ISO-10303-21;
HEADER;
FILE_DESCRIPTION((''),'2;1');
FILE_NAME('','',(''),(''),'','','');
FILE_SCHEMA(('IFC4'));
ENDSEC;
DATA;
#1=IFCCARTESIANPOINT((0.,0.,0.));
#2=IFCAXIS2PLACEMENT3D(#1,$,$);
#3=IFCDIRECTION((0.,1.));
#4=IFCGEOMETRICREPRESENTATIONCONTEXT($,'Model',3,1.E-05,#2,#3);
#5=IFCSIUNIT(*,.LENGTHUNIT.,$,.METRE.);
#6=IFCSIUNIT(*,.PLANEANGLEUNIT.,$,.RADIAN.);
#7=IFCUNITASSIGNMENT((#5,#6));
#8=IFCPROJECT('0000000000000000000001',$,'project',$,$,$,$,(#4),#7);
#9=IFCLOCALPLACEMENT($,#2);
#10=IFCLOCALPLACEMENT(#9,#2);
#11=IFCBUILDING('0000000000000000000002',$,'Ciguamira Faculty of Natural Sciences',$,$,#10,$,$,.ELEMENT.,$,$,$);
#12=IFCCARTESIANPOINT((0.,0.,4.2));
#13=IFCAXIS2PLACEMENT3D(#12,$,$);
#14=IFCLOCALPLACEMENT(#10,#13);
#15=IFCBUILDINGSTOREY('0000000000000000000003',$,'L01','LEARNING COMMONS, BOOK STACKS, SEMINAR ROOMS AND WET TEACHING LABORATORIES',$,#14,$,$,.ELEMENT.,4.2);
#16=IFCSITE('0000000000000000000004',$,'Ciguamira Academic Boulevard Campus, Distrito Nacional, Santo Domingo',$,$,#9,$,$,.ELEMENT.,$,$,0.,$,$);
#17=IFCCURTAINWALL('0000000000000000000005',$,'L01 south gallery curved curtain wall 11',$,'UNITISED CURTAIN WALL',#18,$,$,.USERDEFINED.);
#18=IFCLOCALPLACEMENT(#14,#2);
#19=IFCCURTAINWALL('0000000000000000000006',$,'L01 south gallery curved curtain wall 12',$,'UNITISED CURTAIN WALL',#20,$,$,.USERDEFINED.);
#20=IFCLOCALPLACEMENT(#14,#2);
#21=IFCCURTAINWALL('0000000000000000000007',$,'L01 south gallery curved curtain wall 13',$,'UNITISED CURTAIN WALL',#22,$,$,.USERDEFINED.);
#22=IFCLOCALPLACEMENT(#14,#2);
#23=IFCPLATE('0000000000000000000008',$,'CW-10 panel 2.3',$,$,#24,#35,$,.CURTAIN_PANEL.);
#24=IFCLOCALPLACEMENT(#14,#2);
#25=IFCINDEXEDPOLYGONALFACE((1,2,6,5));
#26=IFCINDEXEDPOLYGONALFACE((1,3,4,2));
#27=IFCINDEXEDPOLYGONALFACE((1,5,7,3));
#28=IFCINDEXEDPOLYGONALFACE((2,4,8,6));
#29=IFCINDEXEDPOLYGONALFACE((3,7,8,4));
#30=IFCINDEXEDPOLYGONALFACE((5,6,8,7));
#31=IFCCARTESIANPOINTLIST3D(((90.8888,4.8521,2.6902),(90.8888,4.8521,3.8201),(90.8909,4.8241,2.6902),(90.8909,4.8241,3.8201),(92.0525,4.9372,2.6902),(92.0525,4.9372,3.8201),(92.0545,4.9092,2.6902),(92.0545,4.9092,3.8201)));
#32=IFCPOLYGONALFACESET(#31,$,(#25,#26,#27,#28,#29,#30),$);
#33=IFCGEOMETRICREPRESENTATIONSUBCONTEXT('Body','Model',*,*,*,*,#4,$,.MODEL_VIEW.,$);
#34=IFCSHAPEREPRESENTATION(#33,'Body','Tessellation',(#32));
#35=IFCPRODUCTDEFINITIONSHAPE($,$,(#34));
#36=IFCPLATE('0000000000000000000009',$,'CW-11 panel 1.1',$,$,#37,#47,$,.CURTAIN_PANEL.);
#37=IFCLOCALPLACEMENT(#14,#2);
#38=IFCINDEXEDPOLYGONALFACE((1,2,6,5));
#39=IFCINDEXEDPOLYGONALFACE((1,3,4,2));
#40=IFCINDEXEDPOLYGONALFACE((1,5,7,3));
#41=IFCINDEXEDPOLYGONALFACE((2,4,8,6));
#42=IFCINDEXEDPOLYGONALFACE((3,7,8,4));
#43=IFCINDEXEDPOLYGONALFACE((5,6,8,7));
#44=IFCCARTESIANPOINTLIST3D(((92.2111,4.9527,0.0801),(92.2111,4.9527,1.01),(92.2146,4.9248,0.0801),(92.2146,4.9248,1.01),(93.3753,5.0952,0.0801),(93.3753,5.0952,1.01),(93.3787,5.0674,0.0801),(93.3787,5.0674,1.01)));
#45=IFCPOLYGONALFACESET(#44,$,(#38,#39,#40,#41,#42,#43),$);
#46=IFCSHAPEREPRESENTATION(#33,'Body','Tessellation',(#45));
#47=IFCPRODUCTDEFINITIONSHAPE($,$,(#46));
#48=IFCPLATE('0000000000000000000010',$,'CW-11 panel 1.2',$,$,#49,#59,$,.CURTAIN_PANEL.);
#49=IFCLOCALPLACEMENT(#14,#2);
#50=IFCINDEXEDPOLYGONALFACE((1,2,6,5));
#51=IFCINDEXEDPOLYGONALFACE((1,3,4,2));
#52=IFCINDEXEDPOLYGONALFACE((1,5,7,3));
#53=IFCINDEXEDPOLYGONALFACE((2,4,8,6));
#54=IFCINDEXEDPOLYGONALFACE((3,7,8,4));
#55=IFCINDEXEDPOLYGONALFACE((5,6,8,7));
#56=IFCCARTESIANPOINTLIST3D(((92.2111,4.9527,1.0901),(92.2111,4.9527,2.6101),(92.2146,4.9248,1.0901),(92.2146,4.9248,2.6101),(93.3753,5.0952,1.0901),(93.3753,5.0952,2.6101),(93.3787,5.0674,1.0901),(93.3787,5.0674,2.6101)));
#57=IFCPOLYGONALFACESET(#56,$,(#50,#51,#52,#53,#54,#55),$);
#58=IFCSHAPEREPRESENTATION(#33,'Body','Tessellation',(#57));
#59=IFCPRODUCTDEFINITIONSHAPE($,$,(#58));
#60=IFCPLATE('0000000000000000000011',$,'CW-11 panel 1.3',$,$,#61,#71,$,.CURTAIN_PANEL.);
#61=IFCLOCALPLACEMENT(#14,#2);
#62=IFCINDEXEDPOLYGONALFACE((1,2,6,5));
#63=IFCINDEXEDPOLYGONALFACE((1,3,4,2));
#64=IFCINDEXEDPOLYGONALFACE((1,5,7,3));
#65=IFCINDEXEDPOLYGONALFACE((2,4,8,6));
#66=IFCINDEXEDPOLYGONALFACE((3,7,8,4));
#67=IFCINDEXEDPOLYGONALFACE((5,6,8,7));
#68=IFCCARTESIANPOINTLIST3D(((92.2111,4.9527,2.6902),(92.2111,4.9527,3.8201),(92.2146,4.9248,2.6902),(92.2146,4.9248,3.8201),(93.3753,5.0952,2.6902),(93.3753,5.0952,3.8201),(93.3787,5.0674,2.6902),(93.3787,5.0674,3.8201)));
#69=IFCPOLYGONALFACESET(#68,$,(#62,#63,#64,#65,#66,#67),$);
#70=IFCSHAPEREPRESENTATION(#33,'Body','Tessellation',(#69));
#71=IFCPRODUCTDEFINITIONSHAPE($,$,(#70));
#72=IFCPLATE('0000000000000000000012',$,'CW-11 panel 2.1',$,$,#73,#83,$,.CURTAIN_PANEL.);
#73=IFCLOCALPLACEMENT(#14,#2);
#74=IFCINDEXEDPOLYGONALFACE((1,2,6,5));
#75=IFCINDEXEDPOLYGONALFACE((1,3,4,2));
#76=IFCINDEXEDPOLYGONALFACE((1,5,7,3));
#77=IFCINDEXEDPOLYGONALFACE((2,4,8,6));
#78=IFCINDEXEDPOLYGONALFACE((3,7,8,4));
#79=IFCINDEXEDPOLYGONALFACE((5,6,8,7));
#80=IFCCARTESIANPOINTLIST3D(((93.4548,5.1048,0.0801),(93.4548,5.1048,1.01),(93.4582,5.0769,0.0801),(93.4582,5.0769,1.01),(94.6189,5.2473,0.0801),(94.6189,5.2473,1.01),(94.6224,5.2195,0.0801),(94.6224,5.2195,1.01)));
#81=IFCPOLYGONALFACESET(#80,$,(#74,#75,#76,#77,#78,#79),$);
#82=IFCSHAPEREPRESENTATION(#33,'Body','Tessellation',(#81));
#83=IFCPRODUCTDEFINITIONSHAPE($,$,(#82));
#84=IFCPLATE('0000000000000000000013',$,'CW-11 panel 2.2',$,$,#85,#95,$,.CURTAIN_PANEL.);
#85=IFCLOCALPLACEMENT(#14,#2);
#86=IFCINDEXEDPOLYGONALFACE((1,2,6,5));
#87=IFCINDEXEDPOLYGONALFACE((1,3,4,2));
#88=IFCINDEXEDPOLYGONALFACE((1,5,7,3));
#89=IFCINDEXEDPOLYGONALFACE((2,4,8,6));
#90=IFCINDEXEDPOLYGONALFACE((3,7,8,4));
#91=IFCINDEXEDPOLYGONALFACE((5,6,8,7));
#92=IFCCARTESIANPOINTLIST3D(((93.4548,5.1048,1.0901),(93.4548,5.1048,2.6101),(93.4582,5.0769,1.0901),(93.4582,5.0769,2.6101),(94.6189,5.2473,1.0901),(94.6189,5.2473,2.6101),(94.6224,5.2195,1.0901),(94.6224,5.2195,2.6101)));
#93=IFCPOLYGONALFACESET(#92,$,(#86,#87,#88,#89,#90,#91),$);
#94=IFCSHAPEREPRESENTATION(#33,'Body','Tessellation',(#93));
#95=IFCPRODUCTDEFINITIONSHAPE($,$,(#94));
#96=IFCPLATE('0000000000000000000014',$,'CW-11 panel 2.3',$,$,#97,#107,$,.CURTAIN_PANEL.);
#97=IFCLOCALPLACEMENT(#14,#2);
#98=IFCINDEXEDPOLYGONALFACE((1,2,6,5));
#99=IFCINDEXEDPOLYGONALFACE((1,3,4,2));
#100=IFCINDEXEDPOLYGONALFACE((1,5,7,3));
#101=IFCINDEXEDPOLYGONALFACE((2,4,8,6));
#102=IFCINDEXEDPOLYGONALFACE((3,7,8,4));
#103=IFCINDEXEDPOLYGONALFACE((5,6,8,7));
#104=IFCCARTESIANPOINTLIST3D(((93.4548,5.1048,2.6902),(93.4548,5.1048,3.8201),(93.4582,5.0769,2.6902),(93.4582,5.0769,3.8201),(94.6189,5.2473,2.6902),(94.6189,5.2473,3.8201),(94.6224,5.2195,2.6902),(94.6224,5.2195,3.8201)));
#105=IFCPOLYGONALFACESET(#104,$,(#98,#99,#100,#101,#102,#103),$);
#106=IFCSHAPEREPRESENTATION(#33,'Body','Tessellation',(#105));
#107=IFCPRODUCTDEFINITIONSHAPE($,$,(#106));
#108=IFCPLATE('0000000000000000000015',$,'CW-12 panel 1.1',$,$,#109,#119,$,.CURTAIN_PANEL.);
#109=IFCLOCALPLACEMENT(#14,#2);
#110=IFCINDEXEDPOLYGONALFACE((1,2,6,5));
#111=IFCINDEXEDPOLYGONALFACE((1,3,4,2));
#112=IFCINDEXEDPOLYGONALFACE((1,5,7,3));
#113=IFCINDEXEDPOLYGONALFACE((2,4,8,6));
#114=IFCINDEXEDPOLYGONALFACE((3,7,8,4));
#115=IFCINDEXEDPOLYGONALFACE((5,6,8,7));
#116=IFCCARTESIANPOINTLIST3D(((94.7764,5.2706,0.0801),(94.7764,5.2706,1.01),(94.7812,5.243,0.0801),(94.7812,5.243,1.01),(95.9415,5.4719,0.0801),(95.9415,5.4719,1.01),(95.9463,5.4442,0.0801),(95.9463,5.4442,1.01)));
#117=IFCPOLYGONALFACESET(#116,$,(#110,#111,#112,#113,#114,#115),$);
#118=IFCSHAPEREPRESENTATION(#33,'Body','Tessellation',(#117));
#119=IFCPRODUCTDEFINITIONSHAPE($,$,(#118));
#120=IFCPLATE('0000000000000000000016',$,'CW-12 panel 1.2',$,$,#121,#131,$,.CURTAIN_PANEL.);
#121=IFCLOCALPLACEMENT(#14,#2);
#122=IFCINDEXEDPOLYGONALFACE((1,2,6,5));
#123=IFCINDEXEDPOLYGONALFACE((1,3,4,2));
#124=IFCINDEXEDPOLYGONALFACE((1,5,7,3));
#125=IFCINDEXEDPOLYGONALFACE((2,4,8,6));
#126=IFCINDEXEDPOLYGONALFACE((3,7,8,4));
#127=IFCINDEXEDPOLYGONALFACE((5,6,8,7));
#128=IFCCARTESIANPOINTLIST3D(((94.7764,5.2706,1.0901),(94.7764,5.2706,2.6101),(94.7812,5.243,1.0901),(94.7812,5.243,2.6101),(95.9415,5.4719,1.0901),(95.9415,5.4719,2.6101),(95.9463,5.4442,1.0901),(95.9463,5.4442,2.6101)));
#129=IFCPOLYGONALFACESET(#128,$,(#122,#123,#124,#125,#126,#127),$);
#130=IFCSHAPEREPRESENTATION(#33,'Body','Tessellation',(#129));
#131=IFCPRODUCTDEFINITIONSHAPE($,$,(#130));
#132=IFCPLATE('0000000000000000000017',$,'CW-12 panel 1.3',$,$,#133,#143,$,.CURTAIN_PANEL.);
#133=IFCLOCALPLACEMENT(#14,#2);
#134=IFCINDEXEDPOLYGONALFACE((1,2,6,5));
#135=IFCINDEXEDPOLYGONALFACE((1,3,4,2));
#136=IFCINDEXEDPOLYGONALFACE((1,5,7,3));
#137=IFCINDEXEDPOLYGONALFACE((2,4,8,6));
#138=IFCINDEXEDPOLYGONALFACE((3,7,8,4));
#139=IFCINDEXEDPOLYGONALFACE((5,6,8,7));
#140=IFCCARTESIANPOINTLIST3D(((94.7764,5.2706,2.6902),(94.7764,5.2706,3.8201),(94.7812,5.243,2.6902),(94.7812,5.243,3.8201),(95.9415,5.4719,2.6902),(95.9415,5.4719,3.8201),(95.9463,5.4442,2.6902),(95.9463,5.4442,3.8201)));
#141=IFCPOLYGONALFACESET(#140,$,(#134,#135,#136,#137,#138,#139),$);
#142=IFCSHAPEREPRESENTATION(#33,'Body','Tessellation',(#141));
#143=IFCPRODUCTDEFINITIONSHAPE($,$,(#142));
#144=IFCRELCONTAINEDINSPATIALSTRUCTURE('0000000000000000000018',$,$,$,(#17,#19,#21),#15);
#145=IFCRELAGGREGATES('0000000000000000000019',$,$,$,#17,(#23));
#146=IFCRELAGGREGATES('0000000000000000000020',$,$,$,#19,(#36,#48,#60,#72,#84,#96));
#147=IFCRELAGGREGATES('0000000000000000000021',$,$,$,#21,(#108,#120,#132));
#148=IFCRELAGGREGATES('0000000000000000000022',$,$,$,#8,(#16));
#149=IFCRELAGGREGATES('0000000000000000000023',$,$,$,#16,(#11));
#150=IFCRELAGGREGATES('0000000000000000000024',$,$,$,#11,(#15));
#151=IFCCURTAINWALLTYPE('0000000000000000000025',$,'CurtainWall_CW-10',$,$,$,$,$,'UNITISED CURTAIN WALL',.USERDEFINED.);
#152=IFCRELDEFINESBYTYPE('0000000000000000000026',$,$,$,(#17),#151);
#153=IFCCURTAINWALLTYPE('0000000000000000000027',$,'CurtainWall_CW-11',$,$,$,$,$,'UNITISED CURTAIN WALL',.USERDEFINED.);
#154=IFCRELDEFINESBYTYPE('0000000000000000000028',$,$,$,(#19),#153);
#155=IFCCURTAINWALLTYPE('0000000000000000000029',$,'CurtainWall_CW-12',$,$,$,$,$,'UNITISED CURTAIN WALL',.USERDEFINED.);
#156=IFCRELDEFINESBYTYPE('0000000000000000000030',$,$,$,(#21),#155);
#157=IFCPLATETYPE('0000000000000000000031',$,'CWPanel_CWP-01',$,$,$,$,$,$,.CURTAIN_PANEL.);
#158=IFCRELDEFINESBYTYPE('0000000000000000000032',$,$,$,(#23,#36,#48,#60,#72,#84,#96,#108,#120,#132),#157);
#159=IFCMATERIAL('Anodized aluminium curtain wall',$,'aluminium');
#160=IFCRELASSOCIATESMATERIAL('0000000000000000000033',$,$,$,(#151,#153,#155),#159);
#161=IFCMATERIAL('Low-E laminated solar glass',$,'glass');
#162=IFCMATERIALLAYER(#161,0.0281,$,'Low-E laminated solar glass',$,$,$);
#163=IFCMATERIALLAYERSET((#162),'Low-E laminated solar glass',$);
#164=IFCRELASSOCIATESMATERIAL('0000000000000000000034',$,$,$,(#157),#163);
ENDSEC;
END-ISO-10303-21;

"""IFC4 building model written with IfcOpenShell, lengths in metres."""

from ifc_helpers import new_model, si_unit, direction, frame, origin, origin_2d, place, context, subcontext, project, spatial, rectangle, extrude, material, layer, layer_set, type_object, element, aggregate, save


model = new_model("IFC4")

# Units and contexts
model_context = context("Model", 3, precision=1e-05, world=origin(), true_north=direction((0.0, 1.0)))
body_context = subcontext(model_context, "Body", "Model", "MODEL_VIEW")
ifc_project = project(units=[si_unit("LENGTHUNIT", "METRE"), si_unit("PLANEANGLEUNIT", "RADIAN")], contexts=[model_context])

# Site, building, storey
site_placement = place(None, origin())
site = spatial("IfcSite", under=ifc_project, at=site_placement, Name="Ciguamira Academic Boulevard Campus, Distrito Nacional, Santo Domingo", CompositionType="ELEMENT", RefElevation=0.0)
building_placement = place(site_placement, origin())
building = spatial("IfcBuilding", under=site, at=building_placement, Name="Ciguamira Faculty of Natural Sciences", CompositionType="ELEMENT")
storey_placement = place(building_placement, frame((0.0, 0.0, 4.2)))
storey = spatial("IfcBuildingStorey", under=building, at=storey_placement, Name="L01", Description="LEARNING COMMONS, BOOK STACKS, SEMINAR ROOMS AND WET TEACHING LABORATORIES", CompositionType="ELEMENT", Elevation=4.2)

# Curtain walls
ifc_material_1 = material(Name="Anodized aluminium curtain wall", Category="aluminium")
curtain_wall_type_1 = type_object("IfcCurtainWallType", Name="CurtainWall_CW-10", ElementType="UNITISED CURTAIN WALL", PredefinedType="USERDEFINED", material=ifc_material_1)
curtain_wall_1_placement = place(storey_placement, origin())
curtain_wall_1 = element("IfcCurtainWall", 1, at=curtain_wall_1_placement, inside=storey, type_object=curtain_wall_type_1, Name="L01 south gallery curved curtain wall 11", ObjectType="UNITISED CURTAIN WALL", PredefinedType="USERDEFINED")
curtain_wall_type_2 = type_object("IfcCurtainWallType", Name="CurtainWall_CW-11", ElementType="UNITISED CURTAIN WALL", PredefinedType="USERDEFINED", material=ifc_material_1)
curtain_wall_2_placement = place(storey_placement, origin())
curtain_wall_2 = element("IfcCurtainWall", 2, at=curtain_wall_2_placement, inside=storey, type_object=curtain_wall_type_2, Name="L01 south gallery curved curtain wall 12", ObjectType="UNITISED CURTAIN WALL", PredefinedType="USERDEFINED")
curtain_wall_type_3 = type_object("IfcCurtainWallType", Name="CurtainWall_CW-12", ElementType="UNITISED CURTAIN WALL", PredefinedType="USERDEFINED", material=ifc_material_1)
curtain_wall_3_placement = place(storey_placement, origin())
curtain_wall_3 = element("IfcCurtainWall", 3, at=curtain_wall_3_placement, inside=storey, type_object=curtain_wall_type_3, Name="L01 south gallery curved curtain wall 13", ObjectType="UNITISED CURTAIN WALL", PredefinedType="USERDEFINED")

# Plates
ifc_material_2 = material(Name="Low-E laminated solar glass", Category="glass")
ifc_layer = layer(ifc_material_2, 0.0281, Name="Low-E laminated solar glass")
ifc_layer_set = layer_set([ifc_layer], Name="Low-E laminated solar glass")
plate_type = type_object("IfcPlateType", Name="CWPanel_CWP-01", PredefinedType="CURTAIN_PANEL", material=ifc_layer_set)
plate_1_placement = place(storey_placement, frame((91.4717, 4.8806, 2.6902), z_axis=(0.0, 0.0, 1.0), x_axis=(0.997337, 0.072937, 0.0)))
plate_1 = element("IfcPlate", 4, at=plate_1_placement, type_object=plate_type, Name="CW-10 panel 2.3", PredefinedType="CURTAIN_PANEL", context=body_context, shape_type="SweptSolid", body=[
    extrude(rectangle(XDim=1.1667, YDim=0.0281, at=origin_2d()), origin(), (0.0, 0.0, 1.0), 1.1299),
])
aggregate(curtain_wall_1, [plate_1])
plate_2_placement = place(storey_placement, frame((92.7949, 5.01, 0.0801), z_axis=(0.0, 0.0, 1.0), x_axis=(0.992586, 0.121545, 0.0)))
plate_2 = element("IfcPlate", 5, at=plate_2_placement, type_object=plate_type, Name="CW-11 panel 1.1", PredefinedType="CURTAIN_PANEL", context=body_context, shape_type="SweptSolid", body=[
    extrude(rectangle(XDim=1.1729, YDim=0.0281, at=origin_2d()), origin(), (0.0, 0.0, 1.0), 0.9299),
])
plate_3_placement = place(storey_placement, frame((92.7949, 5.01, 1.0901), z_axis=(0.0, 0.0, 1.0), x_axis=(0.992586, 0.121545, 0.0)))
plate_3 = element("IfcPlate", 6, at=plate_3_placement, type_object=plate_type, Name="CW-11 panel 1.2", PredefinedType="CURTAIN_PANEL", context=body_context, shape_type="SweptSolid", body=[
    extrude(rectangle(XDim=1.1729, YDim=0.0281, at=origin_2d()), origin(), (0.0, 0.0, 1.0), 1.52),
])
plate_4_placement = place(storey_placement, frame((92.7949, 5.01, 2.6902), z_axis=(0.0, 0.0, 1.0), x_axis=(0.992586, 0.121545, 0.0)))
plate_4 = element("IfcPlate", 7, at=plate_4_placement, type_object=plate_type, Name="CW-11 panel 1.3", PredefinedType="CURTAIN_PANEL", context=body_context, shape_type="SweptSolid", body=[
    extrude(rectangle(XDim=1.1729, YDim=0.0281, at=origin_2d()), origin(), (0.0, 0.0, 1.0), 1.1299),
])
plate_5_placement = place(storey_placement, frame((94.0386, 5.1621, 0.0801), z_axis=(0.0, 0.0, 1.0), x_axis=(0.992586, 0.121545, 0.0)))
plate_5 = element("IfcPlate", 8, at=plate_5_placement, type_object=plate_type, Name="CW-11 panel 2.1", PredefinedType="CURTAIN_PANEL", context=body_context, shape_type="SweptSolid", body=[
    extrude(rectangle(XDim=1.1729, YDim=0.0281, at=origin_2d()), origin(), (0.0, 0.0, 1.0), 0.9299),
])
plate_6_placement = place(storey_placement, frame((94.0386, 5.1621, 1.0901), z_axis=(0.0, 0.0, 1.0), x_axis=(0.992586, 0.121545, 0.0)))
plate_6 = element("IfcPlate", 9, at=plate_6_placement, type_object=plate_type, Name="CW-11 panel 2.2", PredefinedType="CURTAIN_PANEL", context=body_context, shape_type="SweptSolid", body=[
    extrude(rectangle(XDim=1.1729, YDim=0.0281, at=origin_2d()), origin(), (0.0, 0.0, 1.0), 1.52),
])
plate_7_placement = place(storey_placement, frame((94.0386, 5.1621, 2.6902), z_axis=(0.0, 0.0, 1.0), x_axis=(0.992586, 0.121545, 0.0)))
plate_7 = element("IfcPlate", 10, at=plate_7_placement, type_object=plate_type, Name="CW-11 panel 2.3", PredefinedType="CURTAIN_PANEL", context=body_context, shape_type="SweptSolid", body=[
    extrude(rectangle(XDim=1.1729, YDim=0.0281, at=origin_2d()), origin(), (0.0, 0.0, 1.0), 1.1299),
])
aggregate(curtain_wall_2, [plate_2, plate_3, plate_4, plate_5, plate_6, plate_7])
plate_8_placement = place(storey_placement, frame((95.3613, 5.3574, 0.0801), z_axis=(0.0, 0.0, 1.0), x_axis=(0.985411, 0.170192, 0.0)))
plate_8 = element("IfcPlate", 11, at=plate_8_placement, type_object=plate_type, Name="CW-12 panel 1.1", PredefinedType="CURTAIN_PANEL", context=body_context, shape_type="SweptSolid", body=[
    extrude(rectangle(XDim=1.1824, YDim=0.0281, at=origin_2d()), origin(), (0.0, 0.0, 1.0), 0.9299),
])
plate_9_placement = place(storey_placement, frame((95.3613, 5.3574, 1.0901), z_axis=(0.0, 0.0, 1.0), x_axis=(0.985411, 0.170192, 0.0)))
plate_9 = element("IfcPlate", 12, at=plate_9_placement, type_object=plate_type, Name="CW-12 panel 1.2", PredefinedType="CURTAIN_PANEL", context=body_context, shape_type="SweptSolid", body=[
    extrude(rectangle(XDim=1.1824, YDim=0.0281, at=origin_2d()), origin(), (0.0, 0.0, 1.0), 1.52),
])
plate_10_placement = place(storey_placement, frame((95.3613, 5.3574, 2.6902), z_axis=(0.0, 0.0, 1.0), x_axis=(0.985411, 0.170192, 0.0)))
plate_10 = element("IfcPlate", 13, at=plate_10_placement, type_object=plate_type, Name="CW-12 panel 1.3", PredefinedType="CURTAIN_PANEL", context=body_context, shape_type="SweptSolid", body=[
    extrude(rectangle(XDim=1.1824, YDim=0.0281, at=origin_2d()), origin(), (0.0, 0.0, 1.0), 1.1299),
])
aggregate(curtain_wall_3, [plate_8, plate_9, plate_10])

save(model, "model.ifc")
